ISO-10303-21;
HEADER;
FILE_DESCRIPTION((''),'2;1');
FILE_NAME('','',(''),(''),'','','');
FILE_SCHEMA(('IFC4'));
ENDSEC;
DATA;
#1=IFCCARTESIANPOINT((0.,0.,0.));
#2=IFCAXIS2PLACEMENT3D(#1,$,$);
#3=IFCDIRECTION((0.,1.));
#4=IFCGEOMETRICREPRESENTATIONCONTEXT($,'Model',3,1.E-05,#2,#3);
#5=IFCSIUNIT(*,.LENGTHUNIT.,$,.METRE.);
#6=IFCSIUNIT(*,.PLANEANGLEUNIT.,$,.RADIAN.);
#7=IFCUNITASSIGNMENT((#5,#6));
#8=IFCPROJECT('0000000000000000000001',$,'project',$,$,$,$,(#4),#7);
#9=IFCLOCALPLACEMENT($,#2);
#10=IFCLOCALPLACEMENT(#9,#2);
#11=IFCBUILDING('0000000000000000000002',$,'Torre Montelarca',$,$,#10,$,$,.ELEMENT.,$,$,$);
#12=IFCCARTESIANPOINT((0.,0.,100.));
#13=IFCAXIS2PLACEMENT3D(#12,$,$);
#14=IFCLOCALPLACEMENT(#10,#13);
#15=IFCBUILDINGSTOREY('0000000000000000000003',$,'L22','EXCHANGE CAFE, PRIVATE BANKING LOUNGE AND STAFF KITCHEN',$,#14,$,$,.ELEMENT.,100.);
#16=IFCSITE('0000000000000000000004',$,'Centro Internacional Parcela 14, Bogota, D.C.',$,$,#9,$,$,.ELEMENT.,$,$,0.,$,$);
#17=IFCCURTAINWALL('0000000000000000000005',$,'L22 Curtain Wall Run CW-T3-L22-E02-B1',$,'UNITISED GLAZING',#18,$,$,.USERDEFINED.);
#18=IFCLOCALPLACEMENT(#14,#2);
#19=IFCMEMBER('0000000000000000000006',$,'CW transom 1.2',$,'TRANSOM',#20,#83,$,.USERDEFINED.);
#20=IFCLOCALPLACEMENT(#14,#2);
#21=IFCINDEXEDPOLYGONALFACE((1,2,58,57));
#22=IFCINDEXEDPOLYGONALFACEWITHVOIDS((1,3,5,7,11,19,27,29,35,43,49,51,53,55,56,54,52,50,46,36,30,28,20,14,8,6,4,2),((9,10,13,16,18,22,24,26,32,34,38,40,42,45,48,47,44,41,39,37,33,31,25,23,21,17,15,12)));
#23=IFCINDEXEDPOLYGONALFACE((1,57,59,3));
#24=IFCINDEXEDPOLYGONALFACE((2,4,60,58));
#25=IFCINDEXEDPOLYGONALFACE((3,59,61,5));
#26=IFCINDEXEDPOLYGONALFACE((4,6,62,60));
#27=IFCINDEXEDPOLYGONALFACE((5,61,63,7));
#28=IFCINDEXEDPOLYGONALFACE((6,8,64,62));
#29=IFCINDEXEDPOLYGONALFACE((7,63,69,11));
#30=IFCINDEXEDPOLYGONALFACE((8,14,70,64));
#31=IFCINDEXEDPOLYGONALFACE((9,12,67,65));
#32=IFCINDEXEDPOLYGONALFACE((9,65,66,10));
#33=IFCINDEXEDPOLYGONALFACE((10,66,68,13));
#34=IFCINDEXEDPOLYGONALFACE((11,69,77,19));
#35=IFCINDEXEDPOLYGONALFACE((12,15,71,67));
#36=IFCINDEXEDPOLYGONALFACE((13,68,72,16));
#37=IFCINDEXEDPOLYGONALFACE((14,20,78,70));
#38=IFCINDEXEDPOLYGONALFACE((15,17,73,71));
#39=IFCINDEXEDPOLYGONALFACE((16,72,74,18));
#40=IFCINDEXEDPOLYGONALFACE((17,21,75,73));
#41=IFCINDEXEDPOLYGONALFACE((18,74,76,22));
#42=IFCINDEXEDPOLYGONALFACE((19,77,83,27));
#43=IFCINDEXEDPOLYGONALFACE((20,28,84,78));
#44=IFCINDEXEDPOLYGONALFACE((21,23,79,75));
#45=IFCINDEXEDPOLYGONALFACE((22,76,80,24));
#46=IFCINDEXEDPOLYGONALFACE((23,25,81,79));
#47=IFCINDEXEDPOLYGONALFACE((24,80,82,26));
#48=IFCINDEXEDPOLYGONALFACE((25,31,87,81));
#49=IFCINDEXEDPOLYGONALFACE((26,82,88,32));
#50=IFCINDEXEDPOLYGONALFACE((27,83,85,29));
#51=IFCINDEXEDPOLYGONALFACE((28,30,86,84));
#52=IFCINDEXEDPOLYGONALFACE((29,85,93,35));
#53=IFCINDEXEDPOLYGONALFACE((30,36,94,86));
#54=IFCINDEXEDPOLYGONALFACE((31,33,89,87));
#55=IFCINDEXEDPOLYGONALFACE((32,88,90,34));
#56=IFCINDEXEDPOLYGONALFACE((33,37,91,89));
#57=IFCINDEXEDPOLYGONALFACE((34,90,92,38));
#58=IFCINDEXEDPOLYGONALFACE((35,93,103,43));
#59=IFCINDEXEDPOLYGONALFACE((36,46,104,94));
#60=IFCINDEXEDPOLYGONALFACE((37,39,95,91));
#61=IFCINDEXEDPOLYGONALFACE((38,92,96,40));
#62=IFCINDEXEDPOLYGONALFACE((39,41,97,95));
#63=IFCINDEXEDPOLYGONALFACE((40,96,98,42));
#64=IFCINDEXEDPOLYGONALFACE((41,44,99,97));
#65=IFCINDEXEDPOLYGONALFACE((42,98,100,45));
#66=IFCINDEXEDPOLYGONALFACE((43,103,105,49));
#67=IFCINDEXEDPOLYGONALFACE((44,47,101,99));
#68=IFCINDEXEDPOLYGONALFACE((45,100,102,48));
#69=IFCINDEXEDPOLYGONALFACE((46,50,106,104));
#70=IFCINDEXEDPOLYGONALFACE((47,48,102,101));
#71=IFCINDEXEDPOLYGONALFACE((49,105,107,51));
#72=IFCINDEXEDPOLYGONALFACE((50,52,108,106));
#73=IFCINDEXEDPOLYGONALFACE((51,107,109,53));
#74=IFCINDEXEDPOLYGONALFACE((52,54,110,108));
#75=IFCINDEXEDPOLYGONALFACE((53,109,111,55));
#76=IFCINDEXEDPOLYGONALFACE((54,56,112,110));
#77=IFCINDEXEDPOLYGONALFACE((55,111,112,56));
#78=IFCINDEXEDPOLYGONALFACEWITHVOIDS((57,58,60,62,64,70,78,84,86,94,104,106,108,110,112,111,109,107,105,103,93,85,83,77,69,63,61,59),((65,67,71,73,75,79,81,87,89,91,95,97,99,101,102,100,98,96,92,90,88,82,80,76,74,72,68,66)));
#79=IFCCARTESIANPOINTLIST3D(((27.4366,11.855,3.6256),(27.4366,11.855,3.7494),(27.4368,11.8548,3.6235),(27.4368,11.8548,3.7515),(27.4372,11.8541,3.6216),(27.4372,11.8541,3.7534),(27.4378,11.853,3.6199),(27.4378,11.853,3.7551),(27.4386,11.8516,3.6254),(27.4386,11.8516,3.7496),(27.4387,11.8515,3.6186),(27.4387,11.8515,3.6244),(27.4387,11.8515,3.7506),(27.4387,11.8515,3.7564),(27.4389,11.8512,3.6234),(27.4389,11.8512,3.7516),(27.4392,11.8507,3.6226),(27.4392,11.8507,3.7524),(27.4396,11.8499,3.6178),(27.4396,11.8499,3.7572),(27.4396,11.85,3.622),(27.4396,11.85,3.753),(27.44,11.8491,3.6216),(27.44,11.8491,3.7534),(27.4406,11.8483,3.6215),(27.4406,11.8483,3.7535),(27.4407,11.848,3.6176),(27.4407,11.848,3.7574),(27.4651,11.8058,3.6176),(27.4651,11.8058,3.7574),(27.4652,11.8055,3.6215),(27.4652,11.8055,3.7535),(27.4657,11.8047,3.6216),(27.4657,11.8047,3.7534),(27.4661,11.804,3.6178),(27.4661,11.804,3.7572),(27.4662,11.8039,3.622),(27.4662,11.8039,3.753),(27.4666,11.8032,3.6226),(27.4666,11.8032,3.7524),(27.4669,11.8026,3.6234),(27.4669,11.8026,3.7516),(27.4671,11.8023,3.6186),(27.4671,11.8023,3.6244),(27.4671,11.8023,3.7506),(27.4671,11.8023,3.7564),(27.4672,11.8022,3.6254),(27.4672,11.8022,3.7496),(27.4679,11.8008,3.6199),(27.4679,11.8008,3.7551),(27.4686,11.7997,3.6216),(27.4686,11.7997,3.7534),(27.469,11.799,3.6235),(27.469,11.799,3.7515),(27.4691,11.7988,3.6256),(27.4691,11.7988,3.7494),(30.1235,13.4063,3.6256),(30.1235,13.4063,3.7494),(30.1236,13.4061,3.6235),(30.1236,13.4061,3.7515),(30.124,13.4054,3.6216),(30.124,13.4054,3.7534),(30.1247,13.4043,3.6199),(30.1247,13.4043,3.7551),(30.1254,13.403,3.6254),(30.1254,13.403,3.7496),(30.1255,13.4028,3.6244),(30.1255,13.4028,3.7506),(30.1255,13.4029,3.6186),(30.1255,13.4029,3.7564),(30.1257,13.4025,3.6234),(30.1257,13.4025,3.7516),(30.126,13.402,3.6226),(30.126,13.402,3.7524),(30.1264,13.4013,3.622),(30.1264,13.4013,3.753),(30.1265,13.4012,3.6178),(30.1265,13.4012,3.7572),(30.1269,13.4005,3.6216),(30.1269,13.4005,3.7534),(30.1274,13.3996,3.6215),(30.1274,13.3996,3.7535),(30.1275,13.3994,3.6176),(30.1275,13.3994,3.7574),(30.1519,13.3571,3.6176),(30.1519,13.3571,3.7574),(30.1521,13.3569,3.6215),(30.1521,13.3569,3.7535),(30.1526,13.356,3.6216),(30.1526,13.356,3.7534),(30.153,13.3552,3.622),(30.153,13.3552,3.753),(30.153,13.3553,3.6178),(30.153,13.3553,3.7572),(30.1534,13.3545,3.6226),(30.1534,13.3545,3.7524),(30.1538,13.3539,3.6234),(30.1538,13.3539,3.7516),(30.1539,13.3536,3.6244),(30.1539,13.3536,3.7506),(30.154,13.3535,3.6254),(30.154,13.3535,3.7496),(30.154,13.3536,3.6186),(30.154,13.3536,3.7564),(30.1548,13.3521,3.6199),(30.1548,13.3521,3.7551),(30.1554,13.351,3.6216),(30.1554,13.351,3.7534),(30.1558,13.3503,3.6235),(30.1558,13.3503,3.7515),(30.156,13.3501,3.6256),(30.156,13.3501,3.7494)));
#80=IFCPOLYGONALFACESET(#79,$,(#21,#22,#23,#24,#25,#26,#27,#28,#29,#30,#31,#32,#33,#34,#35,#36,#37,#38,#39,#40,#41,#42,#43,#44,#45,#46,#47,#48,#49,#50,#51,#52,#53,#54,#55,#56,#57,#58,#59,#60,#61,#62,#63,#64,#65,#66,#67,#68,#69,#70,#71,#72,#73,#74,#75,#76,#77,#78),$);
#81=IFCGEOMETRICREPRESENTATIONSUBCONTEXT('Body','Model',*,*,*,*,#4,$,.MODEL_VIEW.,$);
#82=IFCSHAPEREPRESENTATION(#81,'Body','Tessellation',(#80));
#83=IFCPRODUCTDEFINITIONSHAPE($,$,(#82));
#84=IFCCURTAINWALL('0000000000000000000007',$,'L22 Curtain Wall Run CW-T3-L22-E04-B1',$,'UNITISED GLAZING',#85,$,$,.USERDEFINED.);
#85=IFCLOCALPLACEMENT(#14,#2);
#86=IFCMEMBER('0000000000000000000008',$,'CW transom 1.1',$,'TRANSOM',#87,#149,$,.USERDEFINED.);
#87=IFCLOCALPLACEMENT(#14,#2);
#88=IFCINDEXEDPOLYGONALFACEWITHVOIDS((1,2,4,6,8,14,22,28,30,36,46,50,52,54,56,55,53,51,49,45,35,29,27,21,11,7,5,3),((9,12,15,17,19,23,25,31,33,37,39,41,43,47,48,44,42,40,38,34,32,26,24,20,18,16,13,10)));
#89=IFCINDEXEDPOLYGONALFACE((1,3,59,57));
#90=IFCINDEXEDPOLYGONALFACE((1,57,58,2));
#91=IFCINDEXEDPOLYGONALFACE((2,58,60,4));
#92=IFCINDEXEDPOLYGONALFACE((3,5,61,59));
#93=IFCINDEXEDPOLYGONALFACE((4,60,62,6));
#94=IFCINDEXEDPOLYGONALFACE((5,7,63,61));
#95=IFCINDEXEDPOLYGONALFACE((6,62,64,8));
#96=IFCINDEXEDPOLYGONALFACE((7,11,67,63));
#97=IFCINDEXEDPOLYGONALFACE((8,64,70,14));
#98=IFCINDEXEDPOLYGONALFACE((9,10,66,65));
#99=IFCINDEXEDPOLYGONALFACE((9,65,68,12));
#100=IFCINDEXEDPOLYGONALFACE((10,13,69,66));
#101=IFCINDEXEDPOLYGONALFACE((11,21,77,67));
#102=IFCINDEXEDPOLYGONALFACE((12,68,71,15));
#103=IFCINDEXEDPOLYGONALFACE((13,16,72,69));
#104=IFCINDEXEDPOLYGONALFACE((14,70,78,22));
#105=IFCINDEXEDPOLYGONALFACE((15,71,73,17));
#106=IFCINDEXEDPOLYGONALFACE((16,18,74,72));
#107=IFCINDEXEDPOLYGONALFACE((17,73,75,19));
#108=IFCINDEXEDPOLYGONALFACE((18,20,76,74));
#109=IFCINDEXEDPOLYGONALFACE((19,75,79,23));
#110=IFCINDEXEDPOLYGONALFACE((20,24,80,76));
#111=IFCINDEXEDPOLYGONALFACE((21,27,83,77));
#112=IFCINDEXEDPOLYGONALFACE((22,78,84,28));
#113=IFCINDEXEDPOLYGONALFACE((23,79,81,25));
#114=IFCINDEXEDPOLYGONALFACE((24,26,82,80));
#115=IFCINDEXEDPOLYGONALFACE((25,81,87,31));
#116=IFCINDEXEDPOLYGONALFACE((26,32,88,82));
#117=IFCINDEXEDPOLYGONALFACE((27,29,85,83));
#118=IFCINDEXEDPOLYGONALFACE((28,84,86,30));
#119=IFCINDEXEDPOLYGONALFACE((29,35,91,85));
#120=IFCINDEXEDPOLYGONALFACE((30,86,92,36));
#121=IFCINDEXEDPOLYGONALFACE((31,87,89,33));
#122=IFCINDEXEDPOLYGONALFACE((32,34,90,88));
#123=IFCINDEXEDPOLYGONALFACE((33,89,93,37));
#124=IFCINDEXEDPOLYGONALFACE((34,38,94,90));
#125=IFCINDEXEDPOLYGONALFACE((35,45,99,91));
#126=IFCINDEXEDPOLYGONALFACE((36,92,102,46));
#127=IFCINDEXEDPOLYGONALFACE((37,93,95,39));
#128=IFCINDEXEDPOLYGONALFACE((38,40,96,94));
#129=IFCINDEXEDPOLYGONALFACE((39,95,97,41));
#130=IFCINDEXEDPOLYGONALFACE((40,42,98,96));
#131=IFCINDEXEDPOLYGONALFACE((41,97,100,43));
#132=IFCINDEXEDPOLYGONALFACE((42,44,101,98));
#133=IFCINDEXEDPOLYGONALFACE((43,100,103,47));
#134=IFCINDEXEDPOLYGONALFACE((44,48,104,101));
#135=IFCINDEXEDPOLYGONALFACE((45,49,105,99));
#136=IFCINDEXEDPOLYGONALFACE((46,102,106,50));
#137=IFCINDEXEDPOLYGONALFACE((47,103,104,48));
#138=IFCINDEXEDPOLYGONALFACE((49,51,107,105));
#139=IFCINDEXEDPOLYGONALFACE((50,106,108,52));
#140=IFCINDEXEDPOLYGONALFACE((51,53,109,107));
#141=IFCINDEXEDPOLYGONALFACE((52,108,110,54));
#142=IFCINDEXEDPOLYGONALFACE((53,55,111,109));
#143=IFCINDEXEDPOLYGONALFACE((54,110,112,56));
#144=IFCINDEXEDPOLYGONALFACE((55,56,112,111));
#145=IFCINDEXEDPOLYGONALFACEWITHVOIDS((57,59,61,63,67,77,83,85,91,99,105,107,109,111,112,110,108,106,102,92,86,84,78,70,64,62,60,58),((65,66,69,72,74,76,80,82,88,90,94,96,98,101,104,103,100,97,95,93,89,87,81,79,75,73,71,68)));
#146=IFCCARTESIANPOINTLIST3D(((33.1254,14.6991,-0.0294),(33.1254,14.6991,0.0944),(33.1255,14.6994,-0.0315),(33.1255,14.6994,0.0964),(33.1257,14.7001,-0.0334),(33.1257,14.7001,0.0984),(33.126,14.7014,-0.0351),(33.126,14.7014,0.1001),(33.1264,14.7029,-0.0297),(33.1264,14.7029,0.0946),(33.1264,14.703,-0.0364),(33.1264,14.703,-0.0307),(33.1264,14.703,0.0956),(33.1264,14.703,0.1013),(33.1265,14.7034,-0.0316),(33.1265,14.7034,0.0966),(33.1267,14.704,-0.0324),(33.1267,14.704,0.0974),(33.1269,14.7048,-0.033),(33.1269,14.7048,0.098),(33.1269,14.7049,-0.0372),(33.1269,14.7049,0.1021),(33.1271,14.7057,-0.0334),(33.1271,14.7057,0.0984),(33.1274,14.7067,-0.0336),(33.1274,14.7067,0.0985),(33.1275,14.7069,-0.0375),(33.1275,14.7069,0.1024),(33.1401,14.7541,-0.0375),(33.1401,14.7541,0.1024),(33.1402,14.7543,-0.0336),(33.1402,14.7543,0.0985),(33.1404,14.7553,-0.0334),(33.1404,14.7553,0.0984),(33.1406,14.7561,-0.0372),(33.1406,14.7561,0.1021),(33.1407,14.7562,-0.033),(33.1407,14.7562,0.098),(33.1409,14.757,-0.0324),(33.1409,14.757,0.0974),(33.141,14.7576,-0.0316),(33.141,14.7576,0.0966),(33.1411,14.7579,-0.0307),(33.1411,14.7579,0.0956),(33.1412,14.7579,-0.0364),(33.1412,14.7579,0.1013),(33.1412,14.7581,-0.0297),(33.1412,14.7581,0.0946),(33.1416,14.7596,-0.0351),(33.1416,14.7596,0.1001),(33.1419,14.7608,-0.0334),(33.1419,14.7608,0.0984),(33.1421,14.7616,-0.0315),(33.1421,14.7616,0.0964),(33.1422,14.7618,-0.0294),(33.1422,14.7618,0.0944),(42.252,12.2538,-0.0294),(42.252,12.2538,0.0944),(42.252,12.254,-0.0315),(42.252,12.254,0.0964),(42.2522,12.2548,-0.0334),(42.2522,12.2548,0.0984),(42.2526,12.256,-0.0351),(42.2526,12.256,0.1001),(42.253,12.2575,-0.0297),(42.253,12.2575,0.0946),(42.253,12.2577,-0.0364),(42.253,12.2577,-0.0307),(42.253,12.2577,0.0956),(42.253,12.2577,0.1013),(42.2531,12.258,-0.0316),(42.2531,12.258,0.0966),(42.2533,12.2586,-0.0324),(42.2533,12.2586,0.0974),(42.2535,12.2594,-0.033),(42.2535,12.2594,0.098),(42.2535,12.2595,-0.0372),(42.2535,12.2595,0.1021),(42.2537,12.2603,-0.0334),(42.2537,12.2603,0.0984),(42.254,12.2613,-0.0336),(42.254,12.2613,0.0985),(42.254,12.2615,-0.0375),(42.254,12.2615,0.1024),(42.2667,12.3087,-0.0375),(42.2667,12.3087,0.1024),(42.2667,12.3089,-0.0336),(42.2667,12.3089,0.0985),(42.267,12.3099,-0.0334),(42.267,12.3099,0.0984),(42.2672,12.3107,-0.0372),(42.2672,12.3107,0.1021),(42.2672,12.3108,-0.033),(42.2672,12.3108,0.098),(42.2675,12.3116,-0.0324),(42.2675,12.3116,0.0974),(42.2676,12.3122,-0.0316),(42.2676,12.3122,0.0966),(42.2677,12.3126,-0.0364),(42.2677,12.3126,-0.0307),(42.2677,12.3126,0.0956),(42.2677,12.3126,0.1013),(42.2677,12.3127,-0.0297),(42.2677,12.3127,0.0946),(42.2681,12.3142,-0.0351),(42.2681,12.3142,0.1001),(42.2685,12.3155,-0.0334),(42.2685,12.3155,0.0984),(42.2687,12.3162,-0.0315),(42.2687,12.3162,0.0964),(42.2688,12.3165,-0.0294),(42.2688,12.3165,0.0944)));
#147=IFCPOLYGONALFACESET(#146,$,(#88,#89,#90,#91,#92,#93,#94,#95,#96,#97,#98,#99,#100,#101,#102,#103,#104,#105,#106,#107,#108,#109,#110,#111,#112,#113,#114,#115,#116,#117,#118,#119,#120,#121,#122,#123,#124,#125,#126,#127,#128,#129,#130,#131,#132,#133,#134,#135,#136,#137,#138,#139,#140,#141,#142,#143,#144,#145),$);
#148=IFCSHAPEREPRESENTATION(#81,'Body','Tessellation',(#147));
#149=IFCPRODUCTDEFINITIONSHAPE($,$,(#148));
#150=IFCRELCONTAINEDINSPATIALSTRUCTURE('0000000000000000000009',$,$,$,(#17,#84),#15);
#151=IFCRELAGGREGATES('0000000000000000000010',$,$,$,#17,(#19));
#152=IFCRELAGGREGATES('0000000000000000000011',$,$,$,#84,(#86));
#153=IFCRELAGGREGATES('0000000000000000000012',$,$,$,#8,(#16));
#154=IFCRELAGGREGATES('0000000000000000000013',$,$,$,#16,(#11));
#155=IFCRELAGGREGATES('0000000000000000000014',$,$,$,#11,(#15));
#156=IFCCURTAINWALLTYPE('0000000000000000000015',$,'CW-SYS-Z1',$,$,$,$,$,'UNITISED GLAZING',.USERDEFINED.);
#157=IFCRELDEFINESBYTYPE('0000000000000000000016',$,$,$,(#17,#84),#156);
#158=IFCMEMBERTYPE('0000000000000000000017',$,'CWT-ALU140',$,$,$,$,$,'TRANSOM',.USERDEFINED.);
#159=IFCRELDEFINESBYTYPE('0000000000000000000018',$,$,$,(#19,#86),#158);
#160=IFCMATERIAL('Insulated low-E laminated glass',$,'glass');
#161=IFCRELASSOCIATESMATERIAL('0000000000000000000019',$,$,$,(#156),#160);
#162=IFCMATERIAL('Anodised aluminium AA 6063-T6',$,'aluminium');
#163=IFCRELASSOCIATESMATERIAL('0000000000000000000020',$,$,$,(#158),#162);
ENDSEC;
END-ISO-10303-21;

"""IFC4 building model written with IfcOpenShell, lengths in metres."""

from ifc_helpers import new_model, si_unit, direction, frame, origin, origin_2d, place, context, subcontext, project, spatial, hollow_rectangle, extrude, source, transform, mapped, material, material_profile, profile_set, type_object, element, aggregate, save


model = new_model("IFC4")

# Units and contexts
model_context = context("Model", 3, precision=1e-05, world=origin(), true_north=direction((0.0, 1.0)))
body_context = subcontext(model_context, "Body", "Model", "MODEL_VIEW")
ifc_project = project(units=[si_unit("LENGTHUNIT", "METRE"), si_unit("PLANEANGLEUNIT", "RADIAN")], contexts=[model_context])

# Site, building, storey
site_placement = place(None, origin())
site = spatial("IfcSite", under=ifc_project, at=site_placement, Name="Centro Internacional Parcela 14, Bogota, D.C.", CompositionType="ELEMENT", RefElevation=0.0)
building_placement = place(site_placement, origin())
building = spatial("IfcBuilding", under=site, at=building_placement, Name="Torre Montelarca", CompositionType="ELEMENT")
storey_placement = place(building_placement, frame((0.0, 0.0, 100.0)))
storey = spatial("IfcBuildingStorey", under=building, at=storey_placement, Name="L22", Description="EXCHANGE CAFE, PRIVATE BANKING LOUNGE AND STAFF KITCHEN", CompositionType="ELEMENT", Elevation=100.0)

# Curtain walls, members
ifc_material_1 = material(Name="Insulated low-E laminated glass", Category="glass")
curtain_wall_type = type_object("IfcCurtainWallType", Name="CW-SYS-Z1", ElementType="UNITISED GLAZING", PredefinedType="USERDEFINED", material=ifc_material_1)
ifc_material_2 = material(Name="Anodised aluminium AA 6063-T6", Category="aluminium")
ifc_material_profile_1 = material_profile(ifc_material_2, hollow_rectangle(XDim=0.0649, YDim=0.1399, WallThickness=0.0039, InnerFilletRadius=0.0039, OuterFilletRadius=0.0081, at=origin_2d()), Name="ALU65X140X4", Category="aluminium")
ifc_profile_set_1 = profile_set([ifc_material_profile_1], Name="Anodised aluminium AA 6063-T6")
member_type_1 = type_object("IfcMemberType", Name="CWT-ALU140", ElementType="TRANSOM", PredefinedType="USERDEFINED", material=ifc_profile_set_1)
curtain_wall_1_placement = place(storey_placement, origin())
curtain_wall_1 = element("IfcCurtainWall", 1, at=curtain_wall_1_placement, inside=storey, type_object=curtain_wall_type, Name="L22 Curtain Wall Run CW-T3-L22-E02-B1", ObjectType="UNITISED GLAZING", PredefinedType="USERDEFINED")
shared_shape_1 = source(origin(), body_context, "Body", "SweptSolid", [
    extrude(hollow_rectangle(XDim=0.0649, YDim=0.1399, WallThickness=0.0039, InnerFilletRadius=0.0039, OuterFilletRadius=0.0081, at=origin_2d()), origin(), (0.0, 0.0, 1.0), 3.1025),
])
member_1_placement = place(storey_placement, frame((27.4529, 11.8269, 3.6875), z_axis=(0.866017, 0.500015, 0.0), x_axis=(-0.500015, 0.866017, 0.0)))
member_1 = element("IfcMember", 2, at=member_1_placement, type_object=member_type_1, Name="CW transom 1.2", ObjectType="TRANSOM", PredefinedType="USERDEFINED", context=body_context, shape_type="MappedRepresentation", body=[
    mapped(shared_shape_1, transform((0.0, 0.0, 0.0), scale=1.0)),
])
curtain_wall_2_placement = place(storey_placement, origin())
curtain_wall_2 = element("IfcCurtainWall", 3, at=curtain_wall_2_placement, inside=storey, type_object=curtain_wall_type, Name="L22 Curtain Wall Run CW-T3-L22-E04-B1", ObjectType="UNITISED GLAZING", PredefinedType="USERDEFINED")
shared_shape_2 = source(origin(), body_context, "Body", "SweptSolid", [
    extrude(hollow_rectangle(XDim=0.0649, YDim=0.1399, WallThickness=0.0039, InnerFilletRadius=0.0039, OuterFilletRadius=0.0081, at=origin_2d()), origin(), (0.0, 0.0, 1.0), 9.4485),
])
member_2_placement = place(storey_placement, frame((33.1338, 14.7305, 0.0325), z_axis=(0.965929, -0.258808, 0.0), x_axis=(0.258808, 0.965929, 0.0)))
member_2 = element("IfcMember", 4, at=member_2_placement, type_object=member_type_1, Name="CW transom 1.1", ObjectType="TRANSOM", PredefinedType="USERDEFINED", context=body_context, shape_type="MappedRepresentation", body=[
    mapped(shared_shape_2, transform((0.0, 0.0, 0.0), scale=1.0)),
])

aggregate(curtain_wall_1, [member_1])
aggregate(curtain_wall_2, [member_2])

save(model, "model.ifc")
